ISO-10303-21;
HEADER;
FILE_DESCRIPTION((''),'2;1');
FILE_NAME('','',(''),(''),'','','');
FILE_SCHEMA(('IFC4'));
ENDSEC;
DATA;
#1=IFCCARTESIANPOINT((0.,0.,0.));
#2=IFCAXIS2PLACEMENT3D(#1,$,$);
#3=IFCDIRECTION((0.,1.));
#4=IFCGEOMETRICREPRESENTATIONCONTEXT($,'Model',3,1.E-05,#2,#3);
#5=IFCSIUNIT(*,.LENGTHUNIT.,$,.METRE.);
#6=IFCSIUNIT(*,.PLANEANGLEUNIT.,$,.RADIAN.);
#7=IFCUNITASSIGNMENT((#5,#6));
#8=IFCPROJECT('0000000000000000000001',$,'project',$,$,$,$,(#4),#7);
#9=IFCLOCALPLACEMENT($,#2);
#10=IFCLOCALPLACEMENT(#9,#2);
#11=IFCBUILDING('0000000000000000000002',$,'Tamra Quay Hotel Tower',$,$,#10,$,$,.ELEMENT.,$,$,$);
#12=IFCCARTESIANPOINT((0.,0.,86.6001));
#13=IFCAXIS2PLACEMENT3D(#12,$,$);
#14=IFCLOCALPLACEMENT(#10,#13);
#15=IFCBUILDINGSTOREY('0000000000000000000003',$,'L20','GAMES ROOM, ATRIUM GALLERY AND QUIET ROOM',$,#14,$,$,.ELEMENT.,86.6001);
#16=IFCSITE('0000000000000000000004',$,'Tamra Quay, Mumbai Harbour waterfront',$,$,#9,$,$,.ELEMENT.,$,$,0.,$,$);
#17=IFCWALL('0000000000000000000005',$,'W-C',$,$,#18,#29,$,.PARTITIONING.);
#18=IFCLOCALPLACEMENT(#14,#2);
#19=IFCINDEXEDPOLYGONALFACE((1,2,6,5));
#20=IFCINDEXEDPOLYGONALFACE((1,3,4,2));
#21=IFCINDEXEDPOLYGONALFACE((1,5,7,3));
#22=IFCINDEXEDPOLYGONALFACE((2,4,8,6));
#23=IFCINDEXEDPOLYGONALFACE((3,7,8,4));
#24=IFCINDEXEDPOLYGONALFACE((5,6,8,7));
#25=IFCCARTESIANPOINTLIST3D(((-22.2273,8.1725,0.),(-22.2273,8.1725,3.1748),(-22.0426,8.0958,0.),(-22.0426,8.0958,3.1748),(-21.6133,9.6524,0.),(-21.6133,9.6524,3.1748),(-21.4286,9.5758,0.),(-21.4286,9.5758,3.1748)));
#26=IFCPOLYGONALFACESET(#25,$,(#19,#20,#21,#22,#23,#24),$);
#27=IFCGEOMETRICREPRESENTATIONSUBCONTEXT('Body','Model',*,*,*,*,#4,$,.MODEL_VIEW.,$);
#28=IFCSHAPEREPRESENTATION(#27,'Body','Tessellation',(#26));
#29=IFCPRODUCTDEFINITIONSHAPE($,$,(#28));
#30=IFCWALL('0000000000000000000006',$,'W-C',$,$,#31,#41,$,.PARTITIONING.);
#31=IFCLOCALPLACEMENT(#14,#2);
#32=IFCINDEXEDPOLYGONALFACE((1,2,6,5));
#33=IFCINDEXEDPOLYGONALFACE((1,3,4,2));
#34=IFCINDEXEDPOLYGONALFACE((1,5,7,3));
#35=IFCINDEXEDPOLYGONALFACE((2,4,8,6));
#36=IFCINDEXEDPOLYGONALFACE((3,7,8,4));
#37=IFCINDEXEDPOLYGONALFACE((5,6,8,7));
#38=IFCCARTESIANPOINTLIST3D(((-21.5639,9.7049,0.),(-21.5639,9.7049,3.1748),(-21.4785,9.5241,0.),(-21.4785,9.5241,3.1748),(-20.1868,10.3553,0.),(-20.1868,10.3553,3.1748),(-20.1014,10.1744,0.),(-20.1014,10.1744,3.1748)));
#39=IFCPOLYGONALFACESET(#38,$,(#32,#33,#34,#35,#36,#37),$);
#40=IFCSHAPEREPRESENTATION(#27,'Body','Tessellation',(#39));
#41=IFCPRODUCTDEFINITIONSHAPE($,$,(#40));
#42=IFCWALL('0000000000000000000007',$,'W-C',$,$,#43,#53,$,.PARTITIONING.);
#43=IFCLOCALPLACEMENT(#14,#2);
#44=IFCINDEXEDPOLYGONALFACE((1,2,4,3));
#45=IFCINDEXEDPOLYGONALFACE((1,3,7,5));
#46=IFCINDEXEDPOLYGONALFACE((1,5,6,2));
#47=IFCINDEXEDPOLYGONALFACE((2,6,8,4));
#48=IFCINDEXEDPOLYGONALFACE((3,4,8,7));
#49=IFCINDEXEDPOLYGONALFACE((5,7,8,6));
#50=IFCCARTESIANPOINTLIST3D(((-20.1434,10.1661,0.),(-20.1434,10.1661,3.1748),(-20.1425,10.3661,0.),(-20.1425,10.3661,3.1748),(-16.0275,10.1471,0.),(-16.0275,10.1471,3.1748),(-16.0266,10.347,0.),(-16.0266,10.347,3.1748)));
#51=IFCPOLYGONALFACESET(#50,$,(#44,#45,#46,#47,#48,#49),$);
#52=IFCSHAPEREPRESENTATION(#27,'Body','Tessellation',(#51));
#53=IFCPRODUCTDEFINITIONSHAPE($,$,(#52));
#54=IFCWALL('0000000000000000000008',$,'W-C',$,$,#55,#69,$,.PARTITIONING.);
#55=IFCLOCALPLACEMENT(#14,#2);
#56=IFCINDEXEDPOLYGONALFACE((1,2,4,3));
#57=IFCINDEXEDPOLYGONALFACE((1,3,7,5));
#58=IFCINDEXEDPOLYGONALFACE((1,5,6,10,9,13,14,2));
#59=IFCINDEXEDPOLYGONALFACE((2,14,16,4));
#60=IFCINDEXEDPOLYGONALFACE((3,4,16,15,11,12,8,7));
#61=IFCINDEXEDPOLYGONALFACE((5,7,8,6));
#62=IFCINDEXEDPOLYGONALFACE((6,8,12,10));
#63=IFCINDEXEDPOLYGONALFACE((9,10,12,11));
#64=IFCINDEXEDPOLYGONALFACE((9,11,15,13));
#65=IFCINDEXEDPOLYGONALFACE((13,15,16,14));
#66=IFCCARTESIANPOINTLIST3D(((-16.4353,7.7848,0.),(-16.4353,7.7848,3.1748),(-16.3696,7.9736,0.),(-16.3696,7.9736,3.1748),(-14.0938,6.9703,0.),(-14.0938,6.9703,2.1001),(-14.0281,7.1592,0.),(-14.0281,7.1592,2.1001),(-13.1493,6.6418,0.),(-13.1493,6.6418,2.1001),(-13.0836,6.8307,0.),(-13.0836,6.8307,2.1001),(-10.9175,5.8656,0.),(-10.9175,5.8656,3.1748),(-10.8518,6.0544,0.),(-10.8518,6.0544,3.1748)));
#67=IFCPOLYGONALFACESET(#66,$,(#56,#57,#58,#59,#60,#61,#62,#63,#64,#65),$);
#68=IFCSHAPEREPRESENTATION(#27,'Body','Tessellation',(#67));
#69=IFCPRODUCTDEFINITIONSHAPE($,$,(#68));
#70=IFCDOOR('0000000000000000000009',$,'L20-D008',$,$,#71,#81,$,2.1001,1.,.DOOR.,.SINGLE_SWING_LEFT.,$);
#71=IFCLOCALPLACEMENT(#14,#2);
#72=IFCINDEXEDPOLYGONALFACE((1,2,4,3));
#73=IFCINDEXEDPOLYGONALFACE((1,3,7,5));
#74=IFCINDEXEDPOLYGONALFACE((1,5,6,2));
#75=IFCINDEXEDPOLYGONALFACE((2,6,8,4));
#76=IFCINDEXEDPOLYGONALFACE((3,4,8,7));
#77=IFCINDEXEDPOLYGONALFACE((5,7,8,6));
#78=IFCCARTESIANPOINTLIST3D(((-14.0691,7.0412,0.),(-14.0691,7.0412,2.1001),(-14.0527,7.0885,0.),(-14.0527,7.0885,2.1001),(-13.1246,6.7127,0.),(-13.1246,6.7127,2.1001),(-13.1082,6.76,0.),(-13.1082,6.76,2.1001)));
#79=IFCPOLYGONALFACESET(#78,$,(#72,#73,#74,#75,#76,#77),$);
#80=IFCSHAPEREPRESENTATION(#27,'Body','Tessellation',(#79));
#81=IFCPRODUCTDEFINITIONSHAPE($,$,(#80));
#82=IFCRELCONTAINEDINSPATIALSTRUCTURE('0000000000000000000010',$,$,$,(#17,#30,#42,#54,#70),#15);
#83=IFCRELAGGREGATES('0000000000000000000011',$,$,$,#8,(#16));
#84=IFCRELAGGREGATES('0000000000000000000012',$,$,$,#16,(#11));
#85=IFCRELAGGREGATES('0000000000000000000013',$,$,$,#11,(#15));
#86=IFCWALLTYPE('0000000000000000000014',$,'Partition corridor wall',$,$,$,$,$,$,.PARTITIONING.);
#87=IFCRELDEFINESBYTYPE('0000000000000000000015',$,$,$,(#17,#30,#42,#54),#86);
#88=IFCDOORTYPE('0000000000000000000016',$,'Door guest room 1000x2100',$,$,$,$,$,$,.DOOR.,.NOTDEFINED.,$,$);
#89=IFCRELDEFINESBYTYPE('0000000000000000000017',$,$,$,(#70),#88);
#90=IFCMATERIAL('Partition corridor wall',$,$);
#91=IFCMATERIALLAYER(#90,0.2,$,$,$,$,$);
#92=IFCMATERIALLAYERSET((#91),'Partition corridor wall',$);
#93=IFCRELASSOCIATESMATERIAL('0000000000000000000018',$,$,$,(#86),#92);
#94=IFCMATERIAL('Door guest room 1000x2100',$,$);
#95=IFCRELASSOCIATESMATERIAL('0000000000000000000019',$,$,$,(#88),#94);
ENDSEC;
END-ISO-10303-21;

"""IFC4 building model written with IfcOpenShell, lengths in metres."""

from ifc_helpers import new_model, si_unit, direction, frame, frame_2d, origin, place, context, subcontext, project, spatial, rectangle, extrude, material, layer, layer_set, type_object, element, fill, save


model = new_model("IFC4")

# Units and contexts
model_context = context("Model", 3, precision=1e-05, world=origin(), true_north=direction((0.0, 1.0)))
body_context = subcontext(model_context, "Body", "Model", "MODEL_VIEW")
ifc_project = project(units=[si_unit("LENGTHUNIT", "METRE"), si_unit("PLANEANGLEUNIT", "RADIAN")], contexts=[model_context])

# Site, building, storey
site_placement = place(None, origin())
site = spatial("IfcSite", under=ifc_project, at=site_placement, Name="Tamra Quay, Mumbai Harbour waterfront", CompositionType="ELEMENT", RefElevation=0.0)
building_placement = place(site_placement, origin())
building = spatial("IfcBuilding", under=site, at=building_placement, Name="Tamra Quay Hotel Tower", CompositionType="ELEMENT")
storey_placement = place(building_placement, frame((0.0, 0.0, 86.6001)))
storey = spatial("IfcBuildingStorey", under=building, at=storey_placement, Name="L20", Description="GAMES ROOM, ATRIUM GALLERY AND QUIET ROOM", CompositionType="ELEMENT", Elevation=86.6001)

# Shared definitions
ifc_material_1 = material(Name="Partition corridor wall")
ifc_layer_1 = layer(ifc_material_1, 0.2)
ifc_layer_set_1 = layer_set([ifc_layer_1], Name="Partition corridor wall")
wall_type_1 = type_object("IfcWallType", Name="Partition corridor wall", PredefinedType="PARTITIONING", material=ifc_layer_set_1)
ifc_material_2 = material(Name="Door guest room 1000x2100")
door_type_1 = type_object("IfcDoorType", Name="Door guest room 1000x2100", OperationType="NOTDEFINED", PredefinedType="DOOR", material=ifc_material_2)

# Walls
wall_1_placement = place(storey_placement, frame((-22.135, 8.134, 0.0), z_axis=(0.0, 0.0, 1.0), x_axis=(0.383208, 0.923662, 0.0)))
element("IfcWall", 1, at=wall_1_placement, inside=storey, type_object=wall_type_1, Name="W-C", PredefinedType="PARTITIONING", context=body_context, shape_type="SweptSolid", body=[
    extrude(rectangle(XDim=1.6023, YDim=0.2, at=frame_2d((0.8013, 0.0))), origin(), (0.0, 0.0, 1.0), 3.1748),
])
wall_2_placement = place(storey_placement, frame((-21.5212, 9.6145, 0.0), z_axis=(0.0, 0.0, 1.0), x_axis=(0.904237, 0.427032, 0.0)))
element("IfcWall", 2, at=wall_2_placement, inside=storey, type_object=wall_type_1, Name="W-C", PredefinedType="PARTITIONING", context=body_context, shape_type="SweptSolid", body=[
    extrude(rectangle(XDim=1.5229, YDim=0.2, at=frame_2d((0.7615, 0.0))), origin(), (0.0, 0.0, 1.0), 3.1748),
])
wall_3_placement = place(storey_placement, frame((-20.1431, 10.2661, 0.0), z_axis=(0.0, 0.0, 1.0), x_axis=(0.999989, -0.004627, 0.0)))
element("IfcWall", 3, at=wall_3_placement, inside=storey, type_object=wall_type_1, Name="W-C", PredefinedType="PARTITIONING", context=body_context, shape_type="SweptSolid", body=[
    extrude(rectangle(XDim=4.116, YDim=0.2, at=frame_2d((2.0581, 0.0))), origin(), (0.0, 0.0, 1.0), 3.1748),
])

# Wall, opening, door
wall_4_placement = place(storey_placement, frame((-16.4023, 7.8792, 0.0), z_axis=(0.0, 0.0, 1.0), x_axis=(0.9445, -0.328513, 0.0)))
wall_4 = element("IfcWall", 4, at=wall_4_placement, inside=storey, type_object=wall_type_1, Name="W-C", PredefinedType="PARTITIONING", context=body_context, shape_type="SweptSolid", body=[
    extrude(rectangle(XDim=5.842, YDim=0.2, at=frame_2d((2.9209, 0.0))), origin(), (0.0, 0.0, 1.0), 3.1748),
])
opening_1_placement = place(wall_4_placement, frame((2.479, 0.0, 0.0)))
opening_1 = element("IfcOpeningElement", 5, at=opening_1_placement, cuts=wall_4, PredefinedType="OPENING", context=body_context, shape_type="SweptSolid", body=[
    extrude(rectangle(XDim=1.0, YDim=2.1001, at=frame_2d((0.5, 1.05))), frame((0.0, 0.1099, 0.0), z_axis=(0.0, -1.0, 0.0), x_axis=(1.0, 0.0, 0.0)), (0.0, 0.0, 1.0), 0.22),
])
door_1_placement = place(opening_1_placement, frame((1.0, 0.0, 0.0), z_axis=(0.0, 0.0, 1.0), x_axis=(-1.0, 0.0, 0.0)))
door_1 = element("IfcDoor", 6, at=door_1_placement, inside=storey, type_object=door_type_1, Name="L20-D008", OperationType="SINGLE_SWING_LEFT", OverallHeight=2.1001, OverallWidth=1.0, PredefinedType="DOOR", context=body_context, shape_type="SweptSolid", body=[
    extrude(rectangle(XDim=1.0, YDim=2.1001, at=frame_2d((0.5, 1.05))), frame((0.0, 0.0249, 0.0), z_axis=(0.0, -1.0, 0.0), x_axis=(1.0, 0.0, 0.0)), (0.0, 0.0, 1.0), 0.05),
])
fill(opening_1, door_1)

save(model, "model.ifc")
